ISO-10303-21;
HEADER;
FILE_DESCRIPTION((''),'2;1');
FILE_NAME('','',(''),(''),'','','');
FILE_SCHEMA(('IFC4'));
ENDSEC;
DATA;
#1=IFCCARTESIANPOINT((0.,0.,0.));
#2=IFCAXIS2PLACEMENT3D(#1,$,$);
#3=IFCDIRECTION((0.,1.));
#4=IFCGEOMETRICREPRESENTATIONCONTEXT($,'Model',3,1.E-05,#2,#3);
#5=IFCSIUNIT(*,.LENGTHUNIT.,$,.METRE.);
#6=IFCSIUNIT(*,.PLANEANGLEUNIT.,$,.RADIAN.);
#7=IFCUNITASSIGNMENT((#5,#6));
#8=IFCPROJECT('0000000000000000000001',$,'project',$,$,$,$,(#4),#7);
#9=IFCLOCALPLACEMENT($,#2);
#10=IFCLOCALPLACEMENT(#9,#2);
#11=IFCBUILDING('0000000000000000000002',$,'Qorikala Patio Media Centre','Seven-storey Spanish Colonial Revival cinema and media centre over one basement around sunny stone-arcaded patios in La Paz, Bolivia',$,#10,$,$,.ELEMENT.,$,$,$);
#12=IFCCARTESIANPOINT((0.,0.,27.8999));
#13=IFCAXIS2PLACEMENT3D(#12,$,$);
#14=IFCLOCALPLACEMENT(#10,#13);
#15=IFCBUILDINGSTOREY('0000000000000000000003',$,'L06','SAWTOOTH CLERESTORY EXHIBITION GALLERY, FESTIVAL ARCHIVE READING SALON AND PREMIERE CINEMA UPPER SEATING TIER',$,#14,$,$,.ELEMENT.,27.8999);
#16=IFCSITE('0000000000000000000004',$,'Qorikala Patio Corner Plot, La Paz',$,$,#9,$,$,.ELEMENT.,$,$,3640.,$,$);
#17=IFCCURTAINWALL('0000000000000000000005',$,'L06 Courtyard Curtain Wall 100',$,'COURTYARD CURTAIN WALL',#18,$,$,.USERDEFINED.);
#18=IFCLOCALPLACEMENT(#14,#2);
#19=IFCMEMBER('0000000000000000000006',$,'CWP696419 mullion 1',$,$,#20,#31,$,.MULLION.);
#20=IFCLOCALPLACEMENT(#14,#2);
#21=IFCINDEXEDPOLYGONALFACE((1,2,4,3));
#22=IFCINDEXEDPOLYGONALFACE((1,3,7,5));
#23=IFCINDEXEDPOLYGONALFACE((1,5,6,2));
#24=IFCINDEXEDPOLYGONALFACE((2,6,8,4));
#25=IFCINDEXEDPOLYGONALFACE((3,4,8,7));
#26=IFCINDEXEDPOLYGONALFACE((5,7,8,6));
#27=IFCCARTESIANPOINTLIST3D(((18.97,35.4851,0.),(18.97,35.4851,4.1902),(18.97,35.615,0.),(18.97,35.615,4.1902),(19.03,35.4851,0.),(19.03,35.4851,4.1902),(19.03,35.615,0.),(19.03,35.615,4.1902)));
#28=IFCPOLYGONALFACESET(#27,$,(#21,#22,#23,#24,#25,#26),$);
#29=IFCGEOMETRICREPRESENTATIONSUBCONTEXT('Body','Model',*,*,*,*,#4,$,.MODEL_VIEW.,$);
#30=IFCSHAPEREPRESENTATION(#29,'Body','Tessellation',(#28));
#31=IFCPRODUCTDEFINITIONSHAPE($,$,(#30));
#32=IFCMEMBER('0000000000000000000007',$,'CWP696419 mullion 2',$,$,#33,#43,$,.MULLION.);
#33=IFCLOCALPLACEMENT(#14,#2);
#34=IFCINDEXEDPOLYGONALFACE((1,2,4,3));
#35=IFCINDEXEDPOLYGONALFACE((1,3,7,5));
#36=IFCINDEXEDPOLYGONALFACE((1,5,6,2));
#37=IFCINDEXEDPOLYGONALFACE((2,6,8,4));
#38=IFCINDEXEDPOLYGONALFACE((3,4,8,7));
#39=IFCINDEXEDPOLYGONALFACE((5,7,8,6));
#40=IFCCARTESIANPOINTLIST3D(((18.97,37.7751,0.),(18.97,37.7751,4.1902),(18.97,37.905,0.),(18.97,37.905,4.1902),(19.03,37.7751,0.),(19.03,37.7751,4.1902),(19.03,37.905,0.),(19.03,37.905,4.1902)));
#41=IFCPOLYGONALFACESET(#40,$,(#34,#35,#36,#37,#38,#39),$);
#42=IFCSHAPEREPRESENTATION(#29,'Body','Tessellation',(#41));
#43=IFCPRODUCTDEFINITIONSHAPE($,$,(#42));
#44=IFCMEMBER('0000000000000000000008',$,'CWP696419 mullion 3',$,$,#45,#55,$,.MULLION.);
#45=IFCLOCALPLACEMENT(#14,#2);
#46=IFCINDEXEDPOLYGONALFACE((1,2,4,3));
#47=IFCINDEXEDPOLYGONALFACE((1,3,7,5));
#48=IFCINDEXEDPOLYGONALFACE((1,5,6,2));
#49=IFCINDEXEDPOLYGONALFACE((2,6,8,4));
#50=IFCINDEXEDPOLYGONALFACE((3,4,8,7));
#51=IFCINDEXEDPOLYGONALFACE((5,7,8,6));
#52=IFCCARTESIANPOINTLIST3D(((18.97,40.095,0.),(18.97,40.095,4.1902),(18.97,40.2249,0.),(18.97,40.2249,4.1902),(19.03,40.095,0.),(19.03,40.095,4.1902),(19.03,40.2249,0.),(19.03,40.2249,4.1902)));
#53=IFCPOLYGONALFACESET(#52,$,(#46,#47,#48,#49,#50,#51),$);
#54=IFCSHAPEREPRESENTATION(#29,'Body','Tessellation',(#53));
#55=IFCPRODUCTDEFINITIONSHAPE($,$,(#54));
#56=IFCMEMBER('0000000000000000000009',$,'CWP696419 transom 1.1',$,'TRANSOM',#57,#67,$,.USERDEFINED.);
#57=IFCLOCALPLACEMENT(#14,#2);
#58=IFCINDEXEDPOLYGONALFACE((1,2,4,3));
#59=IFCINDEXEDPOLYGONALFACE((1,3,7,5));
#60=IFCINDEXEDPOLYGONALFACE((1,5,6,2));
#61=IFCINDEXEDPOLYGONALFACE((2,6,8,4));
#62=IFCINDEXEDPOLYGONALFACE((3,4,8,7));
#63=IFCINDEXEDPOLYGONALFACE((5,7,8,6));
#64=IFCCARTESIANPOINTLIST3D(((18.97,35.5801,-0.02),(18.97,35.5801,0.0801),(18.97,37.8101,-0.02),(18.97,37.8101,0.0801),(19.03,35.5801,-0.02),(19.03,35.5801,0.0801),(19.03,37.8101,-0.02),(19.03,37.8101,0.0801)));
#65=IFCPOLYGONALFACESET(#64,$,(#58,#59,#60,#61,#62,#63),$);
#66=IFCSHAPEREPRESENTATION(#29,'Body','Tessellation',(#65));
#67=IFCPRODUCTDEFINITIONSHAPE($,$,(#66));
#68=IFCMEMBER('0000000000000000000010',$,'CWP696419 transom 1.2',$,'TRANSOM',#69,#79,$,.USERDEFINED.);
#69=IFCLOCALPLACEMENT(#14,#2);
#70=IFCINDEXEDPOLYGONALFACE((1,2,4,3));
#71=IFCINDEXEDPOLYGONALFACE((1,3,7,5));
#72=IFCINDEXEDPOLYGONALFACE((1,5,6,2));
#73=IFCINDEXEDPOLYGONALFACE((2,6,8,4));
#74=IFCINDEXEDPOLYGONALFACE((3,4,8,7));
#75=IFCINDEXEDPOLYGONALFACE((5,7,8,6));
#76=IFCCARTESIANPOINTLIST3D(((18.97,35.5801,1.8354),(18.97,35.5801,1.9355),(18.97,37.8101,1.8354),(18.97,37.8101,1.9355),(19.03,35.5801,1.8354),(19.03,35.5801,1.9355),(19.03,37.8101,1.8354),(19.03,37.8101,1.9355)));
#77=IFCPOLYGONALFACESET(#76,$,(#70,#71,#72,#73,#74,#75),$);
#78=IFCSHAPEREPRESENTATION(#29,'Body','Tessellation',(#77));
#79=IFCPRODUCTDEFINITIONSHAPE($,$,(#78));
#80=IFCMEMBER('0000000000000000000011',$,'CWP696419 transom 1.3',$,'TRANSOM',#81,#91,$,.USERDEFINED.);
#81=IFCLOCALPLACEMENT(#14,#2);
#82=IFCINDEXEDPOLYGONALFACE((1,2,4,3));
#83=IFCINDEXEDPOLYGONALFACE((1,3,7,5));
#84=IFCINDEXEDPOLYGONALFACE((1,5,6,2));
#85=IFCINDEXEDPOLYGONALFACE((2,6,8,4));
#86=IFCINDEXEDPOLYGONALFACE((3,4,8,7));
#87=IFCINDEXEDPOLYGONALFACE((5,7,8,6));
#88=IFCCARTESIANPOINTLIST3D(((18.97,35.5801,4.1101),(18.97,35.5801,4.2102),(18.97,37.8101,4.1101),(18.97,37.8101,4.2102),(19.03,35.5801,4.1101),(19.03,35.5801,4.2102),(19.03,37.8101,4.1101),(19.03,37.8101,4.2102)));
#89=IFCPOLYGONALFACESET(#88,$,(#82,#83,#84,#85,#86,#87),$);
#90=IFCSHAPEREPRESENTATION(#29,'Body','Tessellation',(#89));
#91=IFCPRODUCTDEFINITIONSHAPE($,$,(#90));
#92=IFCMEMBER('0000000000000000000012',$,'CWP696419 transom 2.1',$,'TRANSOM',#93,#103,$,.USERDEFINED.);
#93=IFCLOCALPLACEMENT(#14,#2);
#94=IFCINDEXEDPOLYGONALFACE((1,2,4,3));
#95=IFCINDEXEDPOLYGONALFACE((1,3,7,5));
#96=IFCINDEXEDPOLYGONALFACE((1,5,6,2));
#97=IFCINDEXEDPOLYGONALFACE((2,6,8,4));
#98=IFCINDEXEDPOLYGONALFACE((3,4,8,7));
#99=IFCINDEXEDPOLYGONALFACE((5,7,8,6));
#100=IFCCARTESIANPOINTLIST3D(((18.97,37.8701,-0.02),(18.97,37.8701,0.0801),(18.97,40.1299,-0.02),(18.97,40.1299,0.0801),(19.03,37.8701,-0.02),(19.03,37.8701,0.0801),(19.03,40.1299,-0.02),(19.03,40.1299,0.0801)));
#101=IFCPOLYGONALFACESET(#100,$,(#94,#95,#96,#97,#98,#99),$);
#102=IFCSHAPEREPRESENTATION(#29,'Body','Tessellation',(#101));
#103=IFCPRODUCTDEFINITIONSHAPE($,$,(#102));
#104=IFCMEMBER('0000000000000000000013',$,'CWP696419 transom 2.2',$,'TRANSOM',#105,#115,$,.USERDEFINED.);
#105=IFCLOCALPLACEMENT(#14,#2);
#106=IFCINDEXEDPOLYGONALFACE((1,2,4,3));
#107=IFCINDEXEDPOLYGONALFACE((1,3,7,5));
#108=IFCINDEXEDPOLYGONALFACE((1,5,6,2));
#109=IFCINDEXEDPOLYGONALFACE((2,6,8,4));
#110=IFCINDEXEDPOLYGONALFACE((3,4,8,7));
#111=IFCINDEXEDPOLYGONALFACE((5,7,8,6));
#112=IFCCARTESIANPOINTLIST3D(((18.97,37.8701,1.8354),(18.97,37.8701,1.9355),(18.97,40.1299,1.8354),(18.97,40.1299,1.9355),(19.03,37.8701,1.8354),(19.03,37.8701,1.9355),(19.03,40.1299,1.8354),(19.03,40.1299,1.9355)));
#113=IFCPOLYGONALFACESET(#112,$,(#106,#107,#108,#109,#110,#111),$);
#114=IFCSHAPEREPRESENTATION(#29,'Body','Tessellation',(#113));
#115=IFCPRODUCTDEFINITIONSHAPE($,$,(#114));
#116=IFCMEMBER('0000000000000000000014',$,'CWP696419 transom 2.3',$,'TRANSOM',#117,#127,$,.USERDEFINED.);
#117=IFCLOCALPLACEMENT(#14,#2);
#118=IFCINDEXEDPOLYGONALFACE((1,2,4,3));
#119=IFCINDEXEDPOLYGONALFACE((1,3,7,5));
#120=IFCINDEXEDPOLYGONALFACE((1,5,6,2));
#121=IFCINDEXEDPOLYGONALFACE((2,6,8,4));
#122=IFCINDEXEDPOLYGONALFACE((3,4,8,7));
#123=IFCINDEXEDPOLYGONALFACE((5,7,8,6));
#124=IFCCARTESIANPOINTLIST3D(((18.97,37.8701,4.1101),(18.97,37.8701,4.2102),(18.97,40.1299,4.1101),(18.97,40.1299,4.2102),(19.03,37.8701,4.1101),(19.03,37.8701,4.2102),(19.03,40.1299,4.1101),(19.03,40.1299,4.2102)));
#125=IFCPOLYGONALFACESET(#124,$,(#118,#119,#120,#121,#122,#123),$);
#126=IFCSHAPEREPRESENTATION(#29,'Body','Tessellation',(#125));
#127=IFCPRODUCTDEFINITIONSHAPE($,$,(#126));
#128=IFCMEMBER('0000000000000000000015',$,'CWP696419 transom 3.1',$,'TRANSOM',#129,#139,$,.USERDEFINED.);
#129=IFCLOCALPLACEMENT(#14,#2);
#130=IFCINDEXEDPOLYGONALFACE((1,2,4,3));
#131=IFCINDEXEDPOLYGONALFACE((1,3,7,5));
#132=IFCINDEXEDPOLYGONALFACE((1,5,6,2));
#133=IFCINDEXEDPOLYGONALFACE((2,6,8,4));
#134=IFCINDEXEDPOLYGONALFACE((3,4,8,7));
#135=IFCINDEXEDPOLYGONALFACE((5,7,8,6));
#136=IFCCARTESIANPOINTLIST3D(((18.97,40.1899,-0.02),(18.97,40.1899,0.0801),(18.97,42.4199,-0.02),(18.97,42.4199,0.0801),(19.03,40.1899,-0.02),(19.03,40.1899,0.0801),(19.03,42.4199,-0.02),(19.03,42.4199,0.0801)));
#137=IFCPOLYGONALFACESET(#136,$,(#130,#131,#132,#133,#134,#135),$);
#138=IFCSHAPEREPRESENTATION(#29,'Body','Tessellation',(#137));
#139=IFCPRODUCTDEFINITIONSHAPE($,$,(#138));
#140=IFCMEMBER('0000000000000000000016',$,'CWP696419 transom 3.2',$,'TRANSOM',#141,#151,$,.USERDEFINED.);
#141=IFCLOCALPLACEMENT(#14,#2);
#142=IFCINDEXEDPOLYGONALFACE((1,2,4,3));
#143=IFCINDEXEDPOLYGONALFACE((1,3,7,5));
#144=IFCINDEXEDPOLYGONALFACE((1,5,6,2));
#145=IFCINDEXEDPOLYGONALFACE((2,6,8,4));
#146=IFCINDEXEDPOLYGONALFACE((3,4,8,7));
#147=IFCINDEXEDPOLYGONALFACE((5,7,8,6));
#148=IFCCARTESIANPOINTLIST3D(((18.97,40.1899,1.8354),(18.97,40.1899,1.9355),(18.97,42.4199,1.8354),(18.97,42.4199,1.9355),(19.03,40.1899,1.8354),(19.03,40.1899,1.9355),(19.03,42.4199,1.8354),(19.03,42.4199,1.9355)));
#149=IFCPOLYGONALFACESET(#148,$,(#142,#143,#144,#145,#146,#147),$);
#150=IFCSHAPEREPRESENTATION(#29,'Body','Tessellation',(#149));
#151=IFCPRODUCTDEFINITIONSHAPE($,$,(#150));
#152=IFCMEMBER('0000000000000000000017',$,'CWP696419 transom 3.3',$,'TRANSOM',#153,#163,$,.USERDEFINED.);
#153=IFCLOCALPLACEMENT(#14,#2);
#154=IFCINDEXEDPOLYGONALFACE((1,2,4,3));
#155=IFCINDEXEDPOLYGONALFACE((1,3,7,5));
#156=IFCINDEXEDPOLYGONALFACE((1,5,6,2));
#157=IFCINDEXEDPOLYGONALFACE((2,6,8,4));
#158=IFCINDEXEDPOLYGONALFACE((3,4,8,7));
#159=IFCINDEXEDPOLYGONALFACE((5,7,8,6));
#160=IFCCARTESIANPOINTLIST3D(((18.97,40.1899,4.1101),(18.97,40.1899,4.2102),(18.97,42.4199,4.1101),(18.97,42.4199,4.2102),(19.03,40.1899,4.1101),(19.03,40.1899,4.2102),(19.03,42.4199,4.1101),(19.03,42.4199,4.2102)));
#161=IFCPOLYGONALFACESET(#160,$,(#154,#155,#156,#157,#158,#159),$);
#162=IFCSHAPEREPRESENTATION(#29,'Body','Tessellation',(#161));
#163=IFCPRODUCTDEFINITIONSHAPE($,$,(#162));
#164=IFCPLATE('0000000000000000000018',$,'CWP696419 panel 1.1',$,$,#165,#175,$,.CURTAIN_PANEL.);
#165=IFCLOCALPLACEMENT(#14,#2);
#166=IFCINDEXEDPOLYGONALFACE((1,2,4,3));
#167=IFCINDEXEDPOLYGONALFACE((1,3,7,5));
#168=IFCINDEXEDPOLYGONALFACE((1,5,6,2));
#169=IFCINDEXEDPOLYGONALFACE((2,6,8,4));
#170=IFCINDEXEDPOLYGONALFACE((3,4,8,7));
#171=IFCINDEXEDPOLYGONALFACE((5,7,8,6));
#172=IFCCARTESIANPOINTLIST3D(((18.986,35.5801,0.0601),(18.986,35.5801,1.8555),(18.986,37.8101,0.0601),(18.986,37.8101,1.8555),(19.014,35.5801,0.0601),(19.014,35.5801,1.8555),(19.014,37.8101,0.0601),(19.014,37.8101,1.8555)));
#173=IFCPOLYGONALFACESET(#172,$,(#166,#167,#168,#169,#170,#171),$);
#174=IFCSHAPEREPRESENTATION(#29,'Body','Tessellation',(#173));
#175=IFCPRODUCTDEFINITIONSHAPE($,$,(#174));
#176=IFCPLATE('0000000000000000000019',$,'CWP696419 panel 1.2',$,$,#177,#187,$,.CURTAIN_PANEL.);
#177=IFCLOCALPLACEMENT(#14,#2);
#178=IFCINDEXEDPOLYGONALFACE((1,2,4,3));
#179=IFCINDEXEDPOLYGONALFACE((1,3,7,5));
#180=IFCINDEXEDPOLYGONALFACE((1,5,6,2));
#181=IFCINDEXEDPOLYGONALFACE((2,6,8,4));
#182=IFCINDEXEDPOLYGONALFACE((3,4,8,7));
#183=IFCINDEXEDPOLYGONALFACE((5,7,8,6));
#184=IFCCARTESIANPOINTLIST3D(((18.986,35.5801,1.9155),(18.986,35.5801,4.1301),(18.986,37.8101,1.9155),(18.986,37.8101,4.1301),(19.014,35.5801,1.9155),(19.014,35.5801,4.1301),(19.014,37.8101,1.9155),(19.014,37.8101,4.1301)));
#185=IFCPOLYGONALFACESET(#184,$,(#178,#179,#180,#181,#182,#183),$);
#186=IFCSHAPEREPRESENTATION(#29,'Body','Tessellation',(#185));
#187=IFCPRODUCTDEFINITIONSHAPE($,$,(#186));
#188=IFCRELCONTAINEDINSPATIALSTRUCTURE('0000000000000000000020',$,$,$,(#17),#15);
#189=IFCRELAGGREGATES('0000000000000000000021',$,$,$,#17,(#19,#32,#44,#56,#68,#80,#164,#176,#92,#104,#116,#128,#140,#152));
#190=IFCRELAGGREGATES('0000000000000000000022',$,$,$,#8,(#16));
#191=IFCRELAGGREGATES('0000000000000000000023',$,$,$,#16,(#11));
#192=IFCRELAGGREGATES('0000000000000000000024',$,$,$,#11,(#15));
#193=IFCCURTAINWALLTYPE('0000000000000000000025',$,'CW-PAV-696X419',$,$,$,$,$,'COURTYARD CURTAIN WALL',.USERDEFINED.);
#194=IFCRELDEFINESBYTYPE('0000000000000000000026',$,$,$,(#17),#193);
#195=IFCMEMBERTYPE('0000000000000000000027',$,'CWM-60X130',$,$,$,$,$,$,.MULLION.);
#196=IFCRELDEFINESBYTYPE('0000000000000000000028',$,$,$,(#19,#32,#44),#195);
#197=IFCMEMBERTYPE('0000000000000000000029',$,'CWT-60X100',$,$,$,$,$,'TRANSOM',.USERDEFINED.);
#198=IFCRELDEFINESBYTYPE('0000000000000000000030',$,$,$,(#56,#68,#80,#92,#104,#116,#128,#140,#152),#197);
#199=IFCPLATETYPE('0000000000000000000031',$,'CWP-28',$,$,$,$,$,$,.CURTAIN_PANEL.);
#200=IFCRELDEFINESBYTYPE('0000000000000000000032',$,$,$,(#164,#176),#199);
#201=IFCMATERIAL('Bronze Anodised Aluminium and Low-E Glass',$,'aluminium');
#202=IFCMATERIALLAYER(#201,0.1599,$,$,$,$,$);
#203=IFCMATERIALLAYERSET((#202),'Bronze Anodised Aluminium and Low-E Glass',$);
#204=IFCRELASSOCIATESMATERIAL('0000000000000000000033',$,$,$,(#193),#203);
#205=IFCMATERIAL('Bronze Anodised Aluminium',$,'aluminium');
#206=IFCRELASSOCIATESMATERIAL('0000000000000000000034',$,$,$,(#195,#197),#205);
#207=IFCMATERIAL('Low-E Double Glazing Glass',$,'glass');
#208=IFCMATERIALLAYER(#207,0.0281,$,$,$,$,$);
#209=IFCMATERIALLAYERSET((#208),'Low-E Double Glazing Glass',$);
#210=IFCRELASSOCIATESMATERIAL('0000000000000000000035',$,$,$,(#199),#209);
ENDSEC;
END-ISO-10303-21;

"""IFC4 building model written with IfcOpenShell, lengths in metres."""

from ifc_helpers import new_model, si_unit, direction, frame, origin, origin_2d, place, context, subcontext, project, spatial, rectangle, extrude, material, layer, layer_set, material_profile, profile_set, type_object, element, aggregate, save


model = new_model("IFC4")

# Units and contexts
model_context = context("Model", 3, precision=1e-05, world=origin(), true_north=direction((0.0, 1.0)))
body_context = subcontext(model_context, "Body", "Model", "MODEL_VIEW")
ifc_project = project(units=[si_unit("LENGTHUNIT", "METRE"), si_unit("PLANEANGLEUNIT", "RADIAN")], contexts=[model_context])

# Site, building, storey
site_placement = place(None, origin())
site = spatial("IfcSite", under=ifc_project, at=site_placement, Name="Qorikala Patio Corner Plot, La Paz", CompositionType="ELEMENT", RefElevation=3640.0)
building_placement = place(site_placement, origin())
building = spatial("IfcBuilding", under=site, at=building_placement, Name="Qorikala Patio Media Centre", Description="Seven-storey Spanish Colonial Revival cinema and media centre over one basement around sunny stone-arcaded patios in La Paz, Bolivia", CompositionType="ELEMENT")
storey_placement = place(building_placement, frame((0.0, 0.0, 27.8999)))
storey = spatial("IfcBuildingStorey", under=building, at=storey_placement, Name="L06", Description="SAWTOOTH CLERESTORY EXHIBITION GALLERY, FESTIVAL ARCHIVE READING SALON AND PREMIERE CINEMA UPPER SEATING TIER", CompositionType="ELEMENT", Elevation=27.8999)

# Curtain wall, members, plates
ifc_material_1 = material(Name="Bronze Anodised Aluminium and Low-E Glass", Category="aluminium")
ifc_layer_1 = layer(ifc_material_1, 0.1599)
ifc_layer_set_1 = layer_set([ifc_layer_1], Name="Bronze Anodised Aluminium and Low-E Glass")
curtain_wall_type = type_object("IfcCurtainWallType", Name="CW-PAV-696X419", ElementType="COURTYARD CURTAIN WALL", PredefinedType="USERDEFINED", material=ifc_layer_set_1)
curtain_wall_placement = place(storey_placement, origin())
curtain_wall = element("IfcCurtainWall", 1, at=curtain_wall_placement, inside=storey, type_object=curtain_wall_type, Name="L06 Courtyard Curtain Wall 100", ObjectType="COURTYARD CURTAIN WALL", PredefinedType="USERDEFINED")
ifc_material_2 = material(Name="Bronze Anodised Aluminium", Category="aluminium")
ifc_material_profile_1 = material_profile(ifc_material_2, rectangle(XDim=0.0601, YDim=0.1299, at=origin_2d()), Name="ALU MULLION 60x130")
ifc_profile_set_1 = profile_set([ifc_material_profile_1], Name="Bronze Anodised Aluminium")
member_type_1 = type_object("IfcMemberType", Name="CWM-60X130", PredefinedType="MULLION", material=ifc_profile_set_1)
member_1_placement = place(storey_placement, frame((19.0, 35.55, 0.0), z_axis=(0.0, 0.0, 1.0), x_axis=(-1.0, 0.0, 0.0)))
member_1 = element("IfcMember", 2, at=member_1_placement, type_object=member_type_1, Name="CWP696419 mullion 1", PredefinedType="MULLION", context=body_context, shape_type="SweptSolid", body=[
    extrude(rectangle(XDim=0.0601, YDim=0.1299, at=origin_2d()), origin(), (0.0, 0.0, 1.0), 4.1902),
])
member_2_placement = place(storey_placement, frame((19.0, 37.8401, 0.0), z_axis=(0.0, 0.0, 1.0), x_axis=(-1.0, 0.0, 0.0)))
member_2 = element("IfcMember", 3, at=member_2_placement, type_object=member_type_1, Name="CWP696419 mullion 2", PredefinedType="MULLION", context=body_context, shape_type="SweptSolid", body=[
    extrude(rectangle(XDim=0.0601, YDim=0.1299, at=origin_2d()), origin(), (0.0, 0.0, 1.0), 4.1902),
])
member_3_placement = place(storey_placement, frame((19.0, 40.1599, 0.0), z_axis=(0.0, 0.0, 1.0), x_axis=(-1.0, 0.0, 0.0)))
member_3 = element("IfcMember", 4, at=member_3_placement, type_object=member_type_1, Name="CWP696419 mullion 3", PredefinedType="MULLION", context=body_context, shape_type="SweptSolid", body=[
    extrude(rectangle(XDim=0.0601, YDim=0.1299, at=origin_2d()), origin(), (0.0, 0.0, 1.0), 4.1902),
])
ifc_material_profile_2 = material_profile(ifc_material_2, rectangle(XDim=0.0601, YDim=0.1001, at=origin_2d()), Name="ALU TRANSOM 60x100")
ifc_profile_set_2 = profile_set([ifc_material_profile_2], Name="Bronze Anodised Aluminium")
member_type_2 = type_object("IfcMemberType", Name="CWT-60X100", ElementType="TRANSOM", PredefinedType="USERDEFINED", material=ifc_profile_set_2)
member_4_placement = place(storey_placement, frame((19.0, 35.5801, 0.03), z_axis=(0.0, 1.0, 0.0), x_axis=(-1.0, 0.0, 0.0)))
member_4 = element("IfcMember", 5, at=member_4_placement, type_object=member_type_2, Name="CWP696419 transom 1.1", ObjectType="TRANSOM", PredefinedType="USERDEFINED", context=body_context, shape_type="SweptSolid", body=[
    extrude(rectangle(XDim=0.0601, YDim=0.1001, at=origin_2d()), origin(), (0.0, 0.0, 1.0), 2.23),
])
member_5_placement = place(storey_placement, frame((19.0, 35.5801, 1.8855), z_axis=(0.0, 1.0, 0.0), x_axis=(-1.0, 0.0, 0.0)))
member_5 = element("IfcMember", 6, at=member_5_placement, type_object=member_type_2, Name="CWP696419 transom 1.2", ObjectType="TRANSOM", PredefinedType="USERDEFINED", context=body_context, shape_type="SweptSolid", body=[
    extrude(rectangle(XDim=0.0601, YDim=0.1001, at=origin_2d()), origin(), (0.0, 0.0, 1.0), 2.23),
])
member_6_placement = place(storey_placement, frame((19.0, 35.5801, 4.1602), z_axis=(0.0, 1.0, 0.0), x_axis=(-1.0, 0.0, 0.0)))
member_6 = element("IfcMember", 7, at=member_6_placement, type_object=member_type_2, Name="CWP696419 transom 1.3", ObjectType="TRANSOM", PredefinedType="USERDEFINED", context=body_context, shape_type="SweptSolid", body=[
    extrude(rectangle(XDim=0.0601, YDim=0.1001, at=origin_2d()), origin(), (0.0, 0.0, 1.0), 2.23),
])
member_7_placement = place(storey_placement, frame((19.0, 37.8701, 0.03), z_axis=(0.0, 1.0, 0.0), x_axis=(-1.0, 0.0, 0.0)))
member_7 = element("IfcMember", 8, at=member_7_placement, type_object=member_type_2, Name="CWP696419 transom 2.1", ObjectType="TRANSOM", PredefinedType="USERDEFINED", context=body_context, shape_type="SweptSolid", body=[
    extrude(rectangle(XDim=0.0601, YDim=0.1001, at=origin_2d()), origin(), (0.0, 0.0, 1.0), 2.2598),
])
member_8_placement = place(storey_placement, frame((19.0, 37.8701, 1.8855), z_axis=(0.0, 1.0, 0.0), x_axis=(-1.0, 0.0, 0.0)))
member_8 = element("IfcMember", 9, at=member_8_placement, type_object=member_type_2, Name="CWP696419 transom 2.2", ObjectType="TRANSOM", PredefinedType="USERDEFINED", context=body_context, shape_type="SweptSolid", body=[
    extrude(rectangle(XDim=0.0601, YDim=0.1001, at=origin_2d()), origin(), (0.0, 0.0, 1.0), 2.2598),
])
member_9_placement = place(storey_placement, frame((19.0, 37.8701, 4.1602), z_axis=(0.0, 1.0, 0.0), x_axis=(-1.0, 0.0, 0.0)))
member_9 = element("IfcMember", 10, at=member_9_placement, type_object=member_type_2, Name="CWP696419 transom 2.3", ObjectType="TRANSOM", PredefinedType="USERDEFINED", context=body_context, shape_type="SweptSolid", body=[
    extrude(rectangle(XDim=0.0601, YDim=0.1001, at=origin_2d()), origin(), (0.0, 0.0, 1.0), 2.2598),
])
member_10_placement = place(storey_placement, frame((19.0, 40.1899, 0.03), z_axis=(0.0, 1.0, 0.0), x_axis=(-1.0, 0.0, 0.0)))
member_10 = element("IfcMember", 11, at=member_10_placement, type_object=member_type_2, Name="CWP696419 transom 3.1", ObjectType="TRANSOM", PredefinedType="USERDEFINED", context=body_context, shape_type="SweptSolid", body=[
    extrude(rectangle(XDim=0.0601, YDim=0.1001, at=origin_2d()), origin(), (0.0, 0.0, 1.0), 2.23),
])
member_11_placement = place(storey_placement, frame((19.0, 40.1899, 1.8855), z_axis=(0.0, 1.0, 0.0), x_axis=(-1.0, 0.0, 0.0)))
member_11 = element("IfcMember", 12, at=member_11_placement, type_object=member_type_2, Name="CWP696419 transom 3.2", ObjectType="TRANSOM", PredefinedType="USERDEFINED", context=body_context, shape_type="SweptSolid", body=[
    extrude(rectangle(XDim=0.0601, YDim=0.1001, at=origin_2d()), origin(), (0.0, 0.0, 1.0), 2.23),
])
member_12_placement = place(storey_placement, frame((19.0, 40.1899, 4.1602), z_axis=(0.0, 1.0, 0.0), x_axis=(-1.0, 0.0, 0.0)))
member_12 = element("IfcMember", 13, at=member_12_placement, type_object=member_type_2, Name="CWP696419 transom 3.3", ObjectType="TRANSOM", PredefinedType="USERDEFINED", context=body_context, shape_type="SweptSolid", body=[
    extrude(rectangle(XDim=0.0601, YDim=0.1001, at=origin_2d()), origin(), (0.0, 0.0, 1.0), 2.23),
])
ifc_material_3 = material(Name="Low-E Double Glazing Glass", Category="glass")
ifc_layer_2 = layer(ifc_material_3, 0.0281)
ifc_layer_set_2 = layer_set([ifc_layer_2], Name="Low-E Double Glazing Glass")
plate_type = type_object("IfcPlateType", Name="CWP-28", PredefinedType="CURTAIN_PANEL", material=ifc_layer_set_2)
plate_1_placement = place(storey_placement, frame((19.0, 36.6951, 0.0601), z_axis=(0.0, 0.0, 1.0), x_axis=(0.0, 1.0, 0.0)))
plate_1 = element("IfcPlate", 14, at=plate_1_placement, type_object=plate_type, Name="CWP696419 panel 1.1", PredefinedType="CURTAIN_PANEL", context=body_context, shape_type="SweptSolid", body=[
    extrude(rectangle(XDim=2.23, YDim=0.0281, at=origin_2d()), origin(), (0.0, 0.0, 1.0), 1.7954),
])
plate_2_placement = place(storey_placement, frame((19.0, 36.6951, 1.9155), z_axis=(0.0, 0.0, 1.0), x_axis=(0.0, 1.0, 0.0)))
plate_2 = element("IfcPlate", 15, at=plate_2_placement, type_object=plate_type, Name="CWP696419 panel 1.2", PredefinedType="CURTAIN_PANEL", context=body_context, shape_type="SweptSolid", body=[
    extrude(rectangle(XDim=2.23, YDim=0.0281, at=origin_2d()), origin(), (0.0, 0.0, 1.0), 2.2146),
])
aggregate(curtain_wall, [member_1, member_2, member_3, member_4, member_5, member_6, plate_1, plate_2, member_7, member_8, member_9, member_10, member_11, member_12])

save(model, "model.ifc")
